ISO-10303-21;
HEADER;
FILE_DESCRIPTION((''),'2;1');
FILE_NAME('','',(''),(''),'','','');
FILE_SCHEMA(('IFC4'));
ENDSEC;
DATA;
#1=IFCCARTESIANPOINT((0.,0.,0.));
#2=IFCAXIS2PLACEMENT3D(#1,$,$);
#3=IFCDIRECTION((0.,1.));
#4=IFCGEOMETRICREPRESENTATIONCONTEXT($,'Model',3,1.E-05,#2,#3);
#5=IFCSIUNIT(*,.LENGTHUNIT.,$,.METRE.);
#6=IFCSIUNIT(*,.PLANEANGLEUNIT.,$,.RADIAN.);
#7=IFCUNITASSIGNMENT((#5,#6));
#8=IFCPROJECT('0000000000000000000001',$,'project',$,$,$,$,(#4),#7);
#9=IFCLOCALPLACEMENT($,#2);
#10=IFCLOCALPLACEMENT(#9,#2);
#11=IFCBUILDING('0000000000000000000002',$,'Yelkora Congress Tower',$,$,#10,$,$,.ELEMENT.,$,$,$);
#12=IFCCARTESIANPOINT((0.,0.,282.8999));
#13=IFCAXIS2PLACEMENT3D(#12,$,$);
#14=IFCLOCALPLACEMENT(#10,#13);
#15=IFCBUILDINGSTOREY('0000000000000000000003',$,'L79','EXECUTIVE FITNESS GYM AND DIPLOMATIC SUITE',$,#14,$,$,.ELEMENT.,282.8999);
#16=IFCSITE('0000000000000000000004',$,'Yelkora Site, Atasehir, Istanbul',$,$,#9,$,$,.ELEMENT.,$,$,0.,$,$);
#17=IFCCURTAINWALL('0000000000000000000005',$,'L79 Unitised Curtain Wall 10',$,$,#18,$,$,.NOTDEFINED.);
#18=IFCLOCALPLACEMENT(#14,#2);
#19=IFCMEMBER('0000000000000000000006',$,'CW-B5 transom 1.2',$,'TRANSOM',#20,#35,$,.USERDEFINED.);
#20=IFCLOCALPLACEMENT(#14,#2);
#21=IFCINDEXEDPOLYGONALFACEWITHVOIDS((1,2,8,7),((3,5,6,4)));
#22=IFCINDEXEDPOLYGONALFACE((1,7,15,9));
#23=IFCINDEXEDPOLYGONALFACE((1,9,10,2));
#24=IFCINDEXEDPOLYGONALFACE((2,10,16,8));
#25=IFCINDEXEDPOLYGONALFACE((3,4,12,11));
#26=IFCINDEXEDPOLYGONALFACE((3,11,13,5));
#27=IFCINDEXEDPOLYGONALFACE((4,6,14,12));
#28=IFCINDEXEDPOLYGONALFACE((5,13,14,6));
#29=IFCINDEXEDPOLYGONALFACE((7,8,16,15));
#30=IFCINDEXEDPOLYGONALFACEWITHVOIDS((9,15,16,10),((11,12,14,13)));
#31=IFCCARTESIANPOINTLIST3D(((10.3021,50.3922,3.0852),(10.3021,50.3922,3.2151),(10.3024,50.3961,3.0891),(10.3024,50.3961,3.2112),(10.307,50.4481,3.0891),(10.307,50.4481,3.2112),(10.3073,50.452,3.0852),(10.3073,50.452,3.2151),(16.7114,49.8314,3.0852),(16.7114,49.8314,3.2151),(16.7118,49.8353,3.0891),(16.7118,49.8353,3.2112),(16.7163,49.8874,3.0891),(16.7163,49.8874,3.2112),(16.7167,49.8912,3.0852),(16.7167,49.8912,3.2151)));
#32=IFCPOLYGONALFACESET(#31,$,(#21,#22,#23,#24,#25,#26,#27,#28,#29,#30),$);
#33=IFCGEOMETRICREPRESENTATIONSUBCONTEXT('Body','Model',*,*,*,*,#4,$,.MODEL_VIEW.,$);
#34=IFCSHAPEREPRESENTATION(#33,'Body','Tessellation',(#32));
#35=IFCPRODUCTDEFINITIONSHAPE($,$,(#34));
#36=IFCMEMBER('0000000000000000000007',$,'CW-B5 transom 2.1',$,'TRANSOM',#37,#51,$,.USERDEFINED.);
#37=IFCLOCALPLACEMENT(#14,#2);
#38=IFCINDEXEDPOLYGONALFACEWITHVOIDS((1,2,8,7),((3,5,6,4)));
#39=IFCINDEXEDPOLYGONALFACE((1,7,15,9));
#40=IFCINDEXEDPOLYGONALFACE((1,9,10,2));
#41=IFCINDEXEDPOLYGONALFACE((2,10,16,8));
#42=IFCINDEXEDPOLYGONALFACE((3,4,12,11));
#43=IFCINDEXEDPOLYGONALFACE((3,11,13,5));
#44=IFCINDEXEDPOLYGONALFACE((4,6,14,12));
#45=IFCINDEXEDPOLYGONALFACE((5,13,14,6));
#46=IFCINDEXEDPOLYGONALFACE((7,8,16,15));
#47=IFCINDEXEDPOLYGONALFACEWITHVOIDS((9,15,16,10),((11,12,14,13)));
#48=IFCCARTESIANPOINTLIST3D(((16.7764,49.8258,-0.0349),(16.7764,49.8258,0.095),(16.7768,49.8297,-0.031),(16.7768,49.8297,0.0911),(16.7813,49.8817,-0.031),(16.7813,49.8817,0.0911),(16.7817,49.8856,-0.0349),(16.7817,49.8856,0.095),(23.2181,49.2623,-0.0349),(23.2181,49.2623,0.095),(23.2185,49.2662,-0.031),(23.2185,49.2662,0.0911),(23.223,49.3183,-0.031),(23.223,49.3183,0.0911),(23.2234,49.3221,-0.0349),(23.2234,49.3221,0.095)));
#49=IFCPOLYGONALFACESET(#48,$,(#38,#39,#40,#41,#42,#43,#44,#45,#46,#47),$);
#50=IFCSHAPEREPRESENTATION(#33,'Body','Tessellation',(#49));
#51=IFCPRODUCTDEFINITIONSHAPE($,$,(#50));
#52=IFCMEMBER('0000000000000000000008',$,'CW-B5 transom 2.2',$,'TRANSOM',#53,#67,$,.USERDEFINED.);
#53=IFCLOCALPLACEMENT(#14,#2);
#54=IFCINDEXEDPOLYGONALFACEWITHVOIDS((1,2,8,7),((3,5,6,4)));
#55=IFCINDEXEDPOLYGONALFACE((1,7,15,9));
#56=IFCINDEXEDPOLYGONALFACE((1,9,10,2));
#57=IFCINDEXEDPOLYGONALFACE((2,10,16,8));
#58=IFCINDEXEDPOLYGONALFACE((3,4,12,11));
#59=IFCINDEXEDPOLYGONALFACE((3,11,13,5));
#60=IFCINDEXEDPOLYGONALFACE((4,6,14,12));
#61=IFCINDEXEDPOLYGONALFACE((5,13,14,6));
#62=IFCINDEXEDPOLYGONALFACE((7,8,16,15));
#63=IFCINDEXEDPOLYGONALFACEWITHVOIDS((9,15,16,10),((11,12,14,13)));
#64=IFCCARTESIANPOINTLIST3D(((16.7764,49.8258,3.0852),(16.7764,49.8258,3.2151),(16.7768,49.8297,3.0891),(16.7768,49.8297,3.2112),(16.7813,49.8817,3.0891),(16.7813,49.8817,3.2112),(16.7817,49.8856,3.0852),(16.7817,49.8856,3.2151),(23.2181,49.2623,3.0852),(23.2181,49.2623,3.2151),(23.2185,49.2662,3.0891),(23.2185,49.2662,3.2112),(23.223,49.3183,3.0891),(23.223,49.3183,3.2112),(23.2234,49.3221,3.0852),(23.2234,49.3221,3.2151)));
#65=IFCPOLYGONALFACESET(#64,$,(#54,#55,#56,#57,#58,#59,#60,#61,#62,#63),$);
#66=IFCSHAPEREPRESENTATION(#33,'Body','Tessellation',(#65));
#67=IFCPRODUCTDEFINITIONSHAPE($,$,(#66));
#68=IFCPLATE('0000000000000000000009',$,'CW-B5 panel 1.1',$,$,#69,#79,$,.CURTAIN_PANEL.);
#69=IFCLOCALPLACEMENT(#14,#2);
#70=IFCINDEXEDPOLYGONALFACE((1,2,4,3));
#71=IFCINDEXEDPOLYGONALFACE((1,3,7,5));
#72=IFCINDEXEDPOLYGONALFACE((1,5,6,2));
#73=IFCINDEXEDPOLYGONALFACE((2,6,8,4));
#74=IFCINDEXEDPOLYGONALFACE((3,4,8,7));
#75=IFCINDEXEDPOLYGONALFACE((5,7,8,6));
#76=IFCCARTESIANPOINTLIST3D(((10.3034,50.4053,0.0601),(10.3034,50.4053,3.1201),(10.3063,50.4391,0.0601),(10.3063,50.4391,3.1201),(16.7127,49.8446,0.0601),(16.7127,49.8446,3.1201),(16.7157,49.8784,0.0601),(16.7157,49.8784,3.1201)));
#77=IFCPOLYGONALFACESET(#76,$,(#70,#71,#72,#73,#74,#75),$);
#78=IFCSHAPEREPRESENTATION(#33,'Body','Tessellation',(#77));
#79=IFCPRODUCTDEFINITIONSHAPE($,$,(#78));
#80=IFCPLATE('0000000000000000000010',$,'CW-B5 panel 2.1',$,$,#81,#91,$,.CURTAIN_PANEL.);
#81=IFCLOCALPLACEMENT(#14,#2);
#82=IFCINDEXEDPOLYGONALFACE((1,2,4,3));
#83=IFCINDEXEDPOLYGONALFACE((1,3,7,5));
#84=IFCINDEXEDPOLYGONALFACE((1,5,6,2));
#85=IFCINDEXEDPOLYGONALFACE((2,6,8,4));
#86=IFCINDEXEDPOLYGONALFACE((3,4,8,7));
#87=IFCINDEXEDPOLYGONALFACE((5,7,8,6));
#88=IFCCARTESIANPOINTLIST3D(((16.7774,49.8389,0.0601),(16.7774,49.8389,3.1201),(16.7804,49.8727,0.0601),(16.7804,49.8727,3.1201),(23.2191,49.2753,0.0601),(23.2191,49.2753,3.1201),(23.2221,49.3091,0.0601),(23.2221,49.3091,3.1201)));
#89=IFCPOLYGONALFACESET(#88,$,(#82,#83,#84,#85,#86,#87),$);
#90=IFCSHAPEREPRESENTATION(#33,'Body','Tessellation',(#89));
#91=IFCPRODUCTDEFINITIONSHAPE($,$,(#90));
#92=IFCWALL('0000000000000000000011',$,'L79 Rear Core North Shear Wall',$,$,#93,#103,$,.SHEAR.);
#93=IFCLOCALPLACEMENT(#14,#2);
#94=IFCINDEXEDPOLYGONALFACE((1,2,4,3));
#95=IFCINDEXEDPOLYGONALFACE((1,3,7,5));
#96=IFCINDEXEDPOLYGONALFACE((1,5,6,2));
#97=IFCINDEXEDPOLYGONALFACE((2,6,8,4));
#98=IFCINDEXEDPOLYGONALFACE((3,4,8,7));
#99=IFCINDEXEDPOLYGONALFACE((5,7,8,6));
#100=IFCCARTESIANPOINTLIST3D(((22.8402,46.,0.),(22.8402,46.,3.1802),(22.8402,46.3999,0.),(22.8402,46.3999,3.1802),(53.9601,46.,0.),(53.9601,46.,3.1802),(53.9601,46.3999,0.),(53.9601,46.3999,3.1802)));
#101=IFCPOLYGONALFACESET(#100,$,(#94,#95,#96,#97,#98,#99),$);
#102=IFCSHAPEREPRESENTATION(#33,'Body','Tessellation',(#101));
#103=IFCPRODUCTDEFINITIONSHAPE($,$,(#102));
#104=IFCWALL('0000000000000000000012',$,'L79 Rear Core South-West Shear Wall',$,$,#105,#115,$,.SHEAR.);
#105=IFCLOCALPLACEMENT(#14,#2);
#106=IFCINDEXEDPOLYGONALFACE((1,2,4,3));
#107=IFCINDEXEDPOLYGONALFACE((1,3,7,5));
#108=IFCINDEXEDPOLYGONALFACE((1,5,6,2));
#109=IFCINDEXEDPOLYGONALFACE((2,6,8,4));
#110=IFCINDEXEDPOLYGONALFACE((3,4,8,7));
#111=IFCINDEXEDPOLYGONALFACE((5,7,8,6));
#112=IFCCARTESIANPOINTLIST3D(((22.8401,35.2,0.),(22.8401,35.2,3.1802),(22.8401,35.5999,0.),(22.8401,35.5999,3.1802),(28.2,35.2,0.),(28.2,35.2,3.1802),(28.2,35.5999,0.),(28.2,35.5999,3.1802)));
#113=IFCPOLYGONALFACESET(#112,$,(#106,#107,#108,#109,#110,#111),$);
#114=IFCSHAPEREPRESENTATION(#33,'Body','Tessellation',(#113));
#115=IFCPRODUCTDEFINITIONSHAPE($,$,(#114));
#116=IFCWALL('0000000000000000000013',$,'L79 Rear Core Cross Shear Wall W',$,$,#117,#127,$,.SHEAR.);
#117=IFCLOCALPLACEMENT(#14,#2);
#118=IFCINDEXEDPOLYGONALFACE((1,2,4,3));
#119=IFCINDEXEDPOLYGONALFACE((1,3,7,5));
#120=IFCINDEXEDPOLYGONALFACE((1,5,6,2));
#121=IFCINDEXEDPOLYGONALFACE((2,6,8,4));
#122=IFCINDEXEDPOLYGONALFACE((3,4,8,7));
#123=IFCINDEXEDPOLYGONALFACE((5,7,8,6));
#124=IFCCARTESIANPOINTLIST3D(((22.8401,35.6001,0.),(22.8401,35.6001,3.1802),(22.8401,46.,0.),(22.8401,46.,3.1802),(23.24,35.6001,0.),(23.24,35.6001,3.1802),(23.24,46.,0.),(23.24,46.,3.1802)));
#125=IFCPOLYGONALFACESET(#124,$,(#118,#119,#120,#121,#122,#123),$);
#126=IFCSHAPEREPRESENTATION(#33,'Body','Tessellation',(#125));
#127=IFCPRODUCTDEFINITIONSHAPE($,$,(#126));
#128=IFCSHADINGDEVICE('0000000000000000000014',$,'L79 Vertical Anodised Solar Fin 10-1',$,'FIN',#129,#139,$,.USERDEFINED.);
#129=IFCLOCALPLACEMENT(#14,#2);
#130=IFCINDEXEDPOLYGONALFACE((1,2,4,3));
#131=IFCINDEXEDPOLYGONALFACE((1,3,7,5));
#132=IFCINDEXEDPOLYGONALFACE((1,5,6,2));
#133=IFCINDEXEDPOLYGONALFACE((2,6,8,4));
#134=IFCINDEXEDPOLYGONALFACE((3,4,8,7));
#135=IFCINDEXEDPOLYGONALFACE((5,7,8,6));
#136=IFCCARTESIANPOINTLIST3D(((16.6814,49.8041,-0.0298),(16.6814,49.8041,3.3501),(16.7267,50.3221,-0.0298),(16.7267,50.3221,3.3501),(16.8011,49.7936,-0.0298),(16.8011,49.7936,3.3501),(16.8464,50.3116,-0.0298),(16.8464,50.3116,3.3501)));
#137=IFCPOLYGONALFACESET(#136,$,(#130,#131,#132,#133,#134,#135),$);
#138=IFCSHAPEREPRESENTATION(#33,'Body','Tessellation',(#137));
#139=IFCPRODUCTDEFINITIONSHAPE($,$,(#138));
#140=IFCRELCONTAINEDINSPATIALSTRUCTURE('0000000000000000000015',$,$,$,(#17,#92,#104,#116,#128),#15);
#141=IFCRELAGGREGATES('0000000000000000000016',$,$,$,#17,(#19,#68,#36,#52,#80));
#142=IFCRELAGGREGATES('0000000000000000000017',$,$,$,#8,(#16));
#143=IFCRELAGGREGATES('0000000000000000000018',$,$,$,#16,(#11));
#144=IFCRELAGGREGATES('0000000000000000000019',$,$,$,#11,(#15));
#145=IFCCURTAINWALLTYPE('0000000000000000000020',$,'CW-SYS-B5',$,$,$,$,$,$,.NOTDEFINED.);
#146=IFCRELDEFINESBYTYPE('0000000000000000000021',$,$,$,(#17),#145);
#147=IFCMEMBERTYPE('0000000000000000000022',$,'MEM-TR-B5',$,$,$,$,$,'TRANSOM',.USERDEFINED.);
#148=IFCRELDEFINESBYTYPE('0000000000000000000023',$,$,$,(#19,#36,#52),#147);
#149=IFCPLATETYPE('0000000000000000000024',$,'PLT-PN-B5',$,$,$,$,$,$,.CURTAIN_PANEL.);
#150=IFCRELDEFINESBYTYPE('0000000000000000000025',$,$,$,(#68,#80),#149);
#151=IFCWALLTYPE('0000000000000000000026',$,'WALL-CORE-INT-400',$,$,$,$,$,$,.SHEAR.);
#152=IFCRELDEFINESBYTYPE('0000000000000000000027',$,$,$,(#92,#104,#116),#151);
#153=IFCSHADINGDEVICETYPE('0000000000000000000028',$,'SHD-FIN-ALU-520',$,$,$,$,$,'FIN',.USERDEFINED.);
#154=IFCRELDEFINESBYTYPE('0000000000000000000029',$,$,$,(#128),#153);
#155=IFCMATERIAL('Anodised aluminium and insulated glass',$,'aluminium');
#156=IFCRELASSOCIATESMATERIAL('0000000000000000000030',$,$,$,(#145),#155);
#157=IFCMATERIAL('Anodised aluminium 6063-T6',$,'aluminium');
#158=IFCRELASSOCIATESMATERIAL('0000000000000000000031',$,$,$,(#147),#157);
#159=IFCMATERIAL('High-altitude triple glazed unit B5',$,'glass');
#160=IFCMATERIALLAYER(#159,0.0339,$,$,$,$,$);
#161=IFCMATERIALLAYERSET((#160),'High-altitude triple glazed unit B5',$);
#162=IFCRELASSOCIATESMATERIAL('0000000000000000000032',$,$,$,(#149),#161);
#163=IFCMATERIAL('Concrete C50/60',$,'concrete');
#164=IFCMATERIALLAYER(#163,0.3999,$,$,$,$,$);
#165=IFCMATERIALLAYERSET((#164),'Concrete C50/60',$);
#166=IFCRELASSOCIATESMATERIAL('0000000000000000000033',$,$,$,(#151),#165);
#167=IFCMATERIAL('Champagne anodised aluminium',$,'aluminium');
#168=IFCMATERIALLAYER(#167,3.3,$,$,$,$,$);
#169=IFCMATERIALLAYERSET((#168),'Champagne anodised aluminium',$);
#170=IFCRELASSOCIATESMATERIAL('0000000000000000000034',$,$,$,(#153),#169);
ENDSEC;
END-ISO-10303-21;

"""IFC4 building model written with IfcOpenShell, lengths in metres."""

from ifc_helpers import new_model, si_unit, direction, frame, frame_2d, origin, origin_2d, place, context, subcontext, project, spatial, rectangle, hollow_rectangle, extrude, material, layer, layer_set, material_profile, profile_set, type_object, element, aggregate, save


model = new_model("IFC4")

# Units and contexts
model_context = context("Model", 3, precision=1e-05, world=origin(), true_north=direction((0.0, 1.0)))
body_context = subcontext(model_context, "Body", "Model", "MODEL_VIEW")
ifc_project = project(units=[si_unit("LENGTHUNIT", "METRE"), si_unit("PLANEANGLEUNIT", "RADIAN")], contexts=[model_context])

# Site, building, storey
site_placement = place(None, origin())
site = spatial("IfcSite", under=ifc_project, at=site_placement, Name="Yelkora Site, Atasehir, Istanbul", CompositionType="ELEMENT", RefElevation=0.0)
building_placement = place(site_placement, origin())
building = spatial("IfcBuilding", under=site, at=building_placement, Name="Yelkora Congress Tower", CompositionType="ELEMENT")
storey_placement = place(building_placement, frame((0.0, 0.0, 282.8999)))
storey = spatial("IfcBuildingStorey", under=building, at=storey_placement, Name="L79", Description="EXECUTIVE FITNESS GYM AND DIPLOMATIC SUITE", CompositionType="ELEMENT", Elevation=282.8999)

# Curtain wall, members, plates
ifc_material_1 = material(Name="Anodised aluminium and insulated glass", Category="aluminium")
curtain_wall_type = type_object("IfcCurtainWallType", Name="CW-SYS-B5", PredefinedType="NOTDEFINED", material=ifc_material_1)
curtain_wall_placement = place(storey_placement, origin())
curtain_wall = element("IfcCurtainWall", 1, at=curtain_wall_placement, inside=storey, type_object=curtain_wall_type, Name="L79 Unitised Curtain Wall 10", PredefinedType="NOTDEFINED")
ifc_material_2 = material(Name="Anodised aluminium 6063-T6", Category="aluminium")
ifc_material_profile_1 = material_profile(ifc_material_2, hollow_rectangle(XDim=0.0601, YDim=0.1299, WallThickness=0.0039, at=origin_2d()), Name="ALU 60x130x4")
ifc_profile_set_1 = profile_set([ifc_material_profile_1], Name="Anodised aluminium 6063-T6")
member_type_1 = type_object("IfcMemberType", Name="MEM-TR-B5", ElementType="TRANSOM", PredefinedType="USERDEFINED", material=ifc_profile_set_1)
member_1_placement = place(storey_placement, frame((10.3047, 50.4221, 3.1501), z_axis=(0.996194, -0.087162, 0.0), x_axis=(0.087162, 0.996194, 0.0)))
member_1 = element("IfcMember", 2, at=member_1_placement, type_object=member_type_1, Name="CW-B5 transom 1.2", ObjectType="TRANSOM", PredefinedType="USERDEFINED", context=body_context, shape_type="SweptSolid", body=[
    extrude(hollow_rectangle(XDim=0.0601, YDim=0.1299, WallThickness=0.0039, at=origin_2d()), origin(), (0.0, 0.0, 1.0), 6.4338),
])
member_2_placement = place(storey_placement, frame((16.7791, 49.8557, 0.03), z_axis=(0.996196, -0.087141, 0.0), x_axis=(0.087141, 0.996196, 0.0)))
member_2 = element("IfcMember", 3, at=member_2_placement, type_object=member_type_1, Name="CW-B5 transom 2.1", ObjectType="TRANSOM", PredefinedType="USERDEFINED", context=body_context, shape_type="SweptSolid", body=[
    extrude(hollow_rectangle(XDim=0.0601, YDim=0.1299, WallThickness=0.0039, at=origin_2d()), origin(), (0.0, 0.0, 1.0), 6.4663),
])
member_3_placement = place(storey_placement, frame((16.7791, 49.8557, 3.1501), z_axis=(0.996196, -0.087141, 0.0), x_axis=(0.087141, 0.996196, 0.0)))
member_3 = element("IfcMember", 4, at=member_3_placement, type_object=member_type_1, Name="CW-B5 transom 2.2", ObjectType="TRANSOM", PredefinedType="USERDEFINED", context=body_context, shape_type="SweptSolid", body=[
    extrude(hollow_rectangle(XDim=0.0601, YDim=0.1299, WallThickness=0.0039, at=origin_2d()), origin(), (0.0, 0.0, 1.0), 6.4663),
])
ifc_material_3 = material(Name="High-altitude triple glazed unit B5", Category="glass")
ifc_layer_1 = layer(ifc_material_3, 0.0339)
ifc_layer_set_1 = layer_set([ifc_layer_1], Name="High-altitude triple glazed unit B5")
plate_type = type_object("IfcPlateType", Name="PLT-PN-B5", PredefinedType="CURTAIN_PANEL", material=ifc_layer_set_1)
plate_1_placement = place(storey_placement, frame((13.5095, 50.1418, 0.0601), z_axis=(0.0, 0.0, 1.0), x_axis=(0.996195, -0.087157, 0.0)))
plate_1 = element("IfcPlate", 5, at=plate_1_placement, type_object=plate_type, Name="CW-B5 panel 1.1", PredefinedType="CURTAIN_PANEL", context=body_context, shape_type="SweptSolid", body=[
    extrude(rectangle(XDim=6.4338, YDim=0.0339, at=origin_2d()), origin(), (0.0, 0.0, 1.0), 3.0601),
])
plate_2_placement = place(storey_placement, frame((19.9998, 49.574, 0.0601), z_axis=(0.0, 0.0, 1.0), x_axis=(0.996195, -0.087157, 0.0)))
plate_2 = element("IfcPlate", 6, at=plate_2_placement, type_object=plate_type, Name="CW-B5 panel 2.1", PredefinedType="CURTAIN_PANEL", context=body_context, shape_type="SweptSolid", body=[
    extrude(rectangle(XDim=6.4663, YDim=0.0339, at=origin_2d()), origin(), (0.0, 0.0, 1.0), 3.0601),
])
aggregate(curtain_wall, [member_1, plate_1, member_2, member_3, plate_2])

# Walls
ifc_material_4 = material(Name="Concrete C50/60", Category="concrete")
ifc_layer_2 = layer(ifc_material_4, 0.3999)
ifc_layer_set_2 = layer_set([ifc_layer_2], Name="Concrete C50/60")
wall_type = type_object("IfcWallType", Name="WALL-CORE-INT-400", PredefinedType="SHEAR", material=ifc_layer_set_2)
wall_1_placement = place(storey_placement, frame((22.8401, 46.2, 0.0), z_axis=(0.0, 0.0, 1.0), x_axis=(1.0, 0.0, 0.0)))
element("IfcWall", 7, at=wall_1_placement, inside=storey, type_object=wall_type, Name="L79 Rear Core North Shear Wall", PredefinedType="SHEAR", context=body_context, shape_type="SweptSolid", body=[
    extrude(rectangle(XDim=31.1199, YDim=0.3999, at=frame_2d((15.5601, 0.0))), origin(), (0.0, 0.0, 1.0), 3.1802),
])
wall_2_placement = place(storey_placement, frame((22.8401, 35.3999, 0.0), z_axis=(0.0, 0.0, 1.0), x_axis=(1.0, 0.0, 0.0)))
element("IfcWall", 8, at=wall_2_placement, inside=storey, type_object=wall_type, Name="L79 Rear Core South-West Shear Wall", PredefinedType="SHEAR", context=body_context, shape_type="SweptSolid", body=[
    extrude(rectangle(XDim=5.3599, YDim=0.3999, at=frame_2d((2.6799, 0.0))), origin(), (0.0, 0.0, 1.0), 3.1802),
])
wall_3_placement = place(storey_placement, frame((23.04, 35.6001, 0.0), z_axis=(0.0, 0.0, 1.0), x_axis=(0.0, 1.0, 0.0)))
element("IfcWall", 9, at=wall_3_placement, inside=storey, type_object=wall_type, Name="L79 Rear Core Cross Shear Wall W", PredefinedType="SHEAR", context=body_context, shape_type="SweptSolid", body=[
    extrude(rectangle(XDim=10.3999, YDim=0.3999, at=frame_2d((5.2, 0.0))), origin(), (0.0, 0.0, 1.0), 3.1802),
])

# Shading device
ifc_material_5 = material(Name="Champagne anodised aluminium", Category="aluminium")
ifc_layer_3 = layer(ifc_material_5, 3.3)
ifc_layer_set_3 = layer_set([ifc_layer_3], Name="Champagne anodised aluminium")
shading_device_type = type_object("IfcShadingDeviceType", Name="SHD-FIN-ALU-520", ElementType="FIN", PredefinedType="USERDEFINED", material=ifc_layer_set_3)
shading_device_placement = place(storey_placement, frame((16.7639, 50.0579, -0.0298), z_axis=(0.0, 0.0, 1.0), x_axis=(0.996195, -0.087156, 0.0)))
element("IfcShadingDevice", 10, at=shading_device_placement, inside=storey, type_object=shading_device_type, Name="L79 Vertical Anodised Solar Fin 10-1", ObjectType="FIN", PredefinedType="USERDEFINED", context=body_context, shape_type="SweptSolid", body=[
    extrude(rectangle(XDim=0.1201, YDim=0.52, at=origin_2d()), origin(), (0.0, 0.0, 1.0), 3.3799),
])

save(model, "model.ifc")
